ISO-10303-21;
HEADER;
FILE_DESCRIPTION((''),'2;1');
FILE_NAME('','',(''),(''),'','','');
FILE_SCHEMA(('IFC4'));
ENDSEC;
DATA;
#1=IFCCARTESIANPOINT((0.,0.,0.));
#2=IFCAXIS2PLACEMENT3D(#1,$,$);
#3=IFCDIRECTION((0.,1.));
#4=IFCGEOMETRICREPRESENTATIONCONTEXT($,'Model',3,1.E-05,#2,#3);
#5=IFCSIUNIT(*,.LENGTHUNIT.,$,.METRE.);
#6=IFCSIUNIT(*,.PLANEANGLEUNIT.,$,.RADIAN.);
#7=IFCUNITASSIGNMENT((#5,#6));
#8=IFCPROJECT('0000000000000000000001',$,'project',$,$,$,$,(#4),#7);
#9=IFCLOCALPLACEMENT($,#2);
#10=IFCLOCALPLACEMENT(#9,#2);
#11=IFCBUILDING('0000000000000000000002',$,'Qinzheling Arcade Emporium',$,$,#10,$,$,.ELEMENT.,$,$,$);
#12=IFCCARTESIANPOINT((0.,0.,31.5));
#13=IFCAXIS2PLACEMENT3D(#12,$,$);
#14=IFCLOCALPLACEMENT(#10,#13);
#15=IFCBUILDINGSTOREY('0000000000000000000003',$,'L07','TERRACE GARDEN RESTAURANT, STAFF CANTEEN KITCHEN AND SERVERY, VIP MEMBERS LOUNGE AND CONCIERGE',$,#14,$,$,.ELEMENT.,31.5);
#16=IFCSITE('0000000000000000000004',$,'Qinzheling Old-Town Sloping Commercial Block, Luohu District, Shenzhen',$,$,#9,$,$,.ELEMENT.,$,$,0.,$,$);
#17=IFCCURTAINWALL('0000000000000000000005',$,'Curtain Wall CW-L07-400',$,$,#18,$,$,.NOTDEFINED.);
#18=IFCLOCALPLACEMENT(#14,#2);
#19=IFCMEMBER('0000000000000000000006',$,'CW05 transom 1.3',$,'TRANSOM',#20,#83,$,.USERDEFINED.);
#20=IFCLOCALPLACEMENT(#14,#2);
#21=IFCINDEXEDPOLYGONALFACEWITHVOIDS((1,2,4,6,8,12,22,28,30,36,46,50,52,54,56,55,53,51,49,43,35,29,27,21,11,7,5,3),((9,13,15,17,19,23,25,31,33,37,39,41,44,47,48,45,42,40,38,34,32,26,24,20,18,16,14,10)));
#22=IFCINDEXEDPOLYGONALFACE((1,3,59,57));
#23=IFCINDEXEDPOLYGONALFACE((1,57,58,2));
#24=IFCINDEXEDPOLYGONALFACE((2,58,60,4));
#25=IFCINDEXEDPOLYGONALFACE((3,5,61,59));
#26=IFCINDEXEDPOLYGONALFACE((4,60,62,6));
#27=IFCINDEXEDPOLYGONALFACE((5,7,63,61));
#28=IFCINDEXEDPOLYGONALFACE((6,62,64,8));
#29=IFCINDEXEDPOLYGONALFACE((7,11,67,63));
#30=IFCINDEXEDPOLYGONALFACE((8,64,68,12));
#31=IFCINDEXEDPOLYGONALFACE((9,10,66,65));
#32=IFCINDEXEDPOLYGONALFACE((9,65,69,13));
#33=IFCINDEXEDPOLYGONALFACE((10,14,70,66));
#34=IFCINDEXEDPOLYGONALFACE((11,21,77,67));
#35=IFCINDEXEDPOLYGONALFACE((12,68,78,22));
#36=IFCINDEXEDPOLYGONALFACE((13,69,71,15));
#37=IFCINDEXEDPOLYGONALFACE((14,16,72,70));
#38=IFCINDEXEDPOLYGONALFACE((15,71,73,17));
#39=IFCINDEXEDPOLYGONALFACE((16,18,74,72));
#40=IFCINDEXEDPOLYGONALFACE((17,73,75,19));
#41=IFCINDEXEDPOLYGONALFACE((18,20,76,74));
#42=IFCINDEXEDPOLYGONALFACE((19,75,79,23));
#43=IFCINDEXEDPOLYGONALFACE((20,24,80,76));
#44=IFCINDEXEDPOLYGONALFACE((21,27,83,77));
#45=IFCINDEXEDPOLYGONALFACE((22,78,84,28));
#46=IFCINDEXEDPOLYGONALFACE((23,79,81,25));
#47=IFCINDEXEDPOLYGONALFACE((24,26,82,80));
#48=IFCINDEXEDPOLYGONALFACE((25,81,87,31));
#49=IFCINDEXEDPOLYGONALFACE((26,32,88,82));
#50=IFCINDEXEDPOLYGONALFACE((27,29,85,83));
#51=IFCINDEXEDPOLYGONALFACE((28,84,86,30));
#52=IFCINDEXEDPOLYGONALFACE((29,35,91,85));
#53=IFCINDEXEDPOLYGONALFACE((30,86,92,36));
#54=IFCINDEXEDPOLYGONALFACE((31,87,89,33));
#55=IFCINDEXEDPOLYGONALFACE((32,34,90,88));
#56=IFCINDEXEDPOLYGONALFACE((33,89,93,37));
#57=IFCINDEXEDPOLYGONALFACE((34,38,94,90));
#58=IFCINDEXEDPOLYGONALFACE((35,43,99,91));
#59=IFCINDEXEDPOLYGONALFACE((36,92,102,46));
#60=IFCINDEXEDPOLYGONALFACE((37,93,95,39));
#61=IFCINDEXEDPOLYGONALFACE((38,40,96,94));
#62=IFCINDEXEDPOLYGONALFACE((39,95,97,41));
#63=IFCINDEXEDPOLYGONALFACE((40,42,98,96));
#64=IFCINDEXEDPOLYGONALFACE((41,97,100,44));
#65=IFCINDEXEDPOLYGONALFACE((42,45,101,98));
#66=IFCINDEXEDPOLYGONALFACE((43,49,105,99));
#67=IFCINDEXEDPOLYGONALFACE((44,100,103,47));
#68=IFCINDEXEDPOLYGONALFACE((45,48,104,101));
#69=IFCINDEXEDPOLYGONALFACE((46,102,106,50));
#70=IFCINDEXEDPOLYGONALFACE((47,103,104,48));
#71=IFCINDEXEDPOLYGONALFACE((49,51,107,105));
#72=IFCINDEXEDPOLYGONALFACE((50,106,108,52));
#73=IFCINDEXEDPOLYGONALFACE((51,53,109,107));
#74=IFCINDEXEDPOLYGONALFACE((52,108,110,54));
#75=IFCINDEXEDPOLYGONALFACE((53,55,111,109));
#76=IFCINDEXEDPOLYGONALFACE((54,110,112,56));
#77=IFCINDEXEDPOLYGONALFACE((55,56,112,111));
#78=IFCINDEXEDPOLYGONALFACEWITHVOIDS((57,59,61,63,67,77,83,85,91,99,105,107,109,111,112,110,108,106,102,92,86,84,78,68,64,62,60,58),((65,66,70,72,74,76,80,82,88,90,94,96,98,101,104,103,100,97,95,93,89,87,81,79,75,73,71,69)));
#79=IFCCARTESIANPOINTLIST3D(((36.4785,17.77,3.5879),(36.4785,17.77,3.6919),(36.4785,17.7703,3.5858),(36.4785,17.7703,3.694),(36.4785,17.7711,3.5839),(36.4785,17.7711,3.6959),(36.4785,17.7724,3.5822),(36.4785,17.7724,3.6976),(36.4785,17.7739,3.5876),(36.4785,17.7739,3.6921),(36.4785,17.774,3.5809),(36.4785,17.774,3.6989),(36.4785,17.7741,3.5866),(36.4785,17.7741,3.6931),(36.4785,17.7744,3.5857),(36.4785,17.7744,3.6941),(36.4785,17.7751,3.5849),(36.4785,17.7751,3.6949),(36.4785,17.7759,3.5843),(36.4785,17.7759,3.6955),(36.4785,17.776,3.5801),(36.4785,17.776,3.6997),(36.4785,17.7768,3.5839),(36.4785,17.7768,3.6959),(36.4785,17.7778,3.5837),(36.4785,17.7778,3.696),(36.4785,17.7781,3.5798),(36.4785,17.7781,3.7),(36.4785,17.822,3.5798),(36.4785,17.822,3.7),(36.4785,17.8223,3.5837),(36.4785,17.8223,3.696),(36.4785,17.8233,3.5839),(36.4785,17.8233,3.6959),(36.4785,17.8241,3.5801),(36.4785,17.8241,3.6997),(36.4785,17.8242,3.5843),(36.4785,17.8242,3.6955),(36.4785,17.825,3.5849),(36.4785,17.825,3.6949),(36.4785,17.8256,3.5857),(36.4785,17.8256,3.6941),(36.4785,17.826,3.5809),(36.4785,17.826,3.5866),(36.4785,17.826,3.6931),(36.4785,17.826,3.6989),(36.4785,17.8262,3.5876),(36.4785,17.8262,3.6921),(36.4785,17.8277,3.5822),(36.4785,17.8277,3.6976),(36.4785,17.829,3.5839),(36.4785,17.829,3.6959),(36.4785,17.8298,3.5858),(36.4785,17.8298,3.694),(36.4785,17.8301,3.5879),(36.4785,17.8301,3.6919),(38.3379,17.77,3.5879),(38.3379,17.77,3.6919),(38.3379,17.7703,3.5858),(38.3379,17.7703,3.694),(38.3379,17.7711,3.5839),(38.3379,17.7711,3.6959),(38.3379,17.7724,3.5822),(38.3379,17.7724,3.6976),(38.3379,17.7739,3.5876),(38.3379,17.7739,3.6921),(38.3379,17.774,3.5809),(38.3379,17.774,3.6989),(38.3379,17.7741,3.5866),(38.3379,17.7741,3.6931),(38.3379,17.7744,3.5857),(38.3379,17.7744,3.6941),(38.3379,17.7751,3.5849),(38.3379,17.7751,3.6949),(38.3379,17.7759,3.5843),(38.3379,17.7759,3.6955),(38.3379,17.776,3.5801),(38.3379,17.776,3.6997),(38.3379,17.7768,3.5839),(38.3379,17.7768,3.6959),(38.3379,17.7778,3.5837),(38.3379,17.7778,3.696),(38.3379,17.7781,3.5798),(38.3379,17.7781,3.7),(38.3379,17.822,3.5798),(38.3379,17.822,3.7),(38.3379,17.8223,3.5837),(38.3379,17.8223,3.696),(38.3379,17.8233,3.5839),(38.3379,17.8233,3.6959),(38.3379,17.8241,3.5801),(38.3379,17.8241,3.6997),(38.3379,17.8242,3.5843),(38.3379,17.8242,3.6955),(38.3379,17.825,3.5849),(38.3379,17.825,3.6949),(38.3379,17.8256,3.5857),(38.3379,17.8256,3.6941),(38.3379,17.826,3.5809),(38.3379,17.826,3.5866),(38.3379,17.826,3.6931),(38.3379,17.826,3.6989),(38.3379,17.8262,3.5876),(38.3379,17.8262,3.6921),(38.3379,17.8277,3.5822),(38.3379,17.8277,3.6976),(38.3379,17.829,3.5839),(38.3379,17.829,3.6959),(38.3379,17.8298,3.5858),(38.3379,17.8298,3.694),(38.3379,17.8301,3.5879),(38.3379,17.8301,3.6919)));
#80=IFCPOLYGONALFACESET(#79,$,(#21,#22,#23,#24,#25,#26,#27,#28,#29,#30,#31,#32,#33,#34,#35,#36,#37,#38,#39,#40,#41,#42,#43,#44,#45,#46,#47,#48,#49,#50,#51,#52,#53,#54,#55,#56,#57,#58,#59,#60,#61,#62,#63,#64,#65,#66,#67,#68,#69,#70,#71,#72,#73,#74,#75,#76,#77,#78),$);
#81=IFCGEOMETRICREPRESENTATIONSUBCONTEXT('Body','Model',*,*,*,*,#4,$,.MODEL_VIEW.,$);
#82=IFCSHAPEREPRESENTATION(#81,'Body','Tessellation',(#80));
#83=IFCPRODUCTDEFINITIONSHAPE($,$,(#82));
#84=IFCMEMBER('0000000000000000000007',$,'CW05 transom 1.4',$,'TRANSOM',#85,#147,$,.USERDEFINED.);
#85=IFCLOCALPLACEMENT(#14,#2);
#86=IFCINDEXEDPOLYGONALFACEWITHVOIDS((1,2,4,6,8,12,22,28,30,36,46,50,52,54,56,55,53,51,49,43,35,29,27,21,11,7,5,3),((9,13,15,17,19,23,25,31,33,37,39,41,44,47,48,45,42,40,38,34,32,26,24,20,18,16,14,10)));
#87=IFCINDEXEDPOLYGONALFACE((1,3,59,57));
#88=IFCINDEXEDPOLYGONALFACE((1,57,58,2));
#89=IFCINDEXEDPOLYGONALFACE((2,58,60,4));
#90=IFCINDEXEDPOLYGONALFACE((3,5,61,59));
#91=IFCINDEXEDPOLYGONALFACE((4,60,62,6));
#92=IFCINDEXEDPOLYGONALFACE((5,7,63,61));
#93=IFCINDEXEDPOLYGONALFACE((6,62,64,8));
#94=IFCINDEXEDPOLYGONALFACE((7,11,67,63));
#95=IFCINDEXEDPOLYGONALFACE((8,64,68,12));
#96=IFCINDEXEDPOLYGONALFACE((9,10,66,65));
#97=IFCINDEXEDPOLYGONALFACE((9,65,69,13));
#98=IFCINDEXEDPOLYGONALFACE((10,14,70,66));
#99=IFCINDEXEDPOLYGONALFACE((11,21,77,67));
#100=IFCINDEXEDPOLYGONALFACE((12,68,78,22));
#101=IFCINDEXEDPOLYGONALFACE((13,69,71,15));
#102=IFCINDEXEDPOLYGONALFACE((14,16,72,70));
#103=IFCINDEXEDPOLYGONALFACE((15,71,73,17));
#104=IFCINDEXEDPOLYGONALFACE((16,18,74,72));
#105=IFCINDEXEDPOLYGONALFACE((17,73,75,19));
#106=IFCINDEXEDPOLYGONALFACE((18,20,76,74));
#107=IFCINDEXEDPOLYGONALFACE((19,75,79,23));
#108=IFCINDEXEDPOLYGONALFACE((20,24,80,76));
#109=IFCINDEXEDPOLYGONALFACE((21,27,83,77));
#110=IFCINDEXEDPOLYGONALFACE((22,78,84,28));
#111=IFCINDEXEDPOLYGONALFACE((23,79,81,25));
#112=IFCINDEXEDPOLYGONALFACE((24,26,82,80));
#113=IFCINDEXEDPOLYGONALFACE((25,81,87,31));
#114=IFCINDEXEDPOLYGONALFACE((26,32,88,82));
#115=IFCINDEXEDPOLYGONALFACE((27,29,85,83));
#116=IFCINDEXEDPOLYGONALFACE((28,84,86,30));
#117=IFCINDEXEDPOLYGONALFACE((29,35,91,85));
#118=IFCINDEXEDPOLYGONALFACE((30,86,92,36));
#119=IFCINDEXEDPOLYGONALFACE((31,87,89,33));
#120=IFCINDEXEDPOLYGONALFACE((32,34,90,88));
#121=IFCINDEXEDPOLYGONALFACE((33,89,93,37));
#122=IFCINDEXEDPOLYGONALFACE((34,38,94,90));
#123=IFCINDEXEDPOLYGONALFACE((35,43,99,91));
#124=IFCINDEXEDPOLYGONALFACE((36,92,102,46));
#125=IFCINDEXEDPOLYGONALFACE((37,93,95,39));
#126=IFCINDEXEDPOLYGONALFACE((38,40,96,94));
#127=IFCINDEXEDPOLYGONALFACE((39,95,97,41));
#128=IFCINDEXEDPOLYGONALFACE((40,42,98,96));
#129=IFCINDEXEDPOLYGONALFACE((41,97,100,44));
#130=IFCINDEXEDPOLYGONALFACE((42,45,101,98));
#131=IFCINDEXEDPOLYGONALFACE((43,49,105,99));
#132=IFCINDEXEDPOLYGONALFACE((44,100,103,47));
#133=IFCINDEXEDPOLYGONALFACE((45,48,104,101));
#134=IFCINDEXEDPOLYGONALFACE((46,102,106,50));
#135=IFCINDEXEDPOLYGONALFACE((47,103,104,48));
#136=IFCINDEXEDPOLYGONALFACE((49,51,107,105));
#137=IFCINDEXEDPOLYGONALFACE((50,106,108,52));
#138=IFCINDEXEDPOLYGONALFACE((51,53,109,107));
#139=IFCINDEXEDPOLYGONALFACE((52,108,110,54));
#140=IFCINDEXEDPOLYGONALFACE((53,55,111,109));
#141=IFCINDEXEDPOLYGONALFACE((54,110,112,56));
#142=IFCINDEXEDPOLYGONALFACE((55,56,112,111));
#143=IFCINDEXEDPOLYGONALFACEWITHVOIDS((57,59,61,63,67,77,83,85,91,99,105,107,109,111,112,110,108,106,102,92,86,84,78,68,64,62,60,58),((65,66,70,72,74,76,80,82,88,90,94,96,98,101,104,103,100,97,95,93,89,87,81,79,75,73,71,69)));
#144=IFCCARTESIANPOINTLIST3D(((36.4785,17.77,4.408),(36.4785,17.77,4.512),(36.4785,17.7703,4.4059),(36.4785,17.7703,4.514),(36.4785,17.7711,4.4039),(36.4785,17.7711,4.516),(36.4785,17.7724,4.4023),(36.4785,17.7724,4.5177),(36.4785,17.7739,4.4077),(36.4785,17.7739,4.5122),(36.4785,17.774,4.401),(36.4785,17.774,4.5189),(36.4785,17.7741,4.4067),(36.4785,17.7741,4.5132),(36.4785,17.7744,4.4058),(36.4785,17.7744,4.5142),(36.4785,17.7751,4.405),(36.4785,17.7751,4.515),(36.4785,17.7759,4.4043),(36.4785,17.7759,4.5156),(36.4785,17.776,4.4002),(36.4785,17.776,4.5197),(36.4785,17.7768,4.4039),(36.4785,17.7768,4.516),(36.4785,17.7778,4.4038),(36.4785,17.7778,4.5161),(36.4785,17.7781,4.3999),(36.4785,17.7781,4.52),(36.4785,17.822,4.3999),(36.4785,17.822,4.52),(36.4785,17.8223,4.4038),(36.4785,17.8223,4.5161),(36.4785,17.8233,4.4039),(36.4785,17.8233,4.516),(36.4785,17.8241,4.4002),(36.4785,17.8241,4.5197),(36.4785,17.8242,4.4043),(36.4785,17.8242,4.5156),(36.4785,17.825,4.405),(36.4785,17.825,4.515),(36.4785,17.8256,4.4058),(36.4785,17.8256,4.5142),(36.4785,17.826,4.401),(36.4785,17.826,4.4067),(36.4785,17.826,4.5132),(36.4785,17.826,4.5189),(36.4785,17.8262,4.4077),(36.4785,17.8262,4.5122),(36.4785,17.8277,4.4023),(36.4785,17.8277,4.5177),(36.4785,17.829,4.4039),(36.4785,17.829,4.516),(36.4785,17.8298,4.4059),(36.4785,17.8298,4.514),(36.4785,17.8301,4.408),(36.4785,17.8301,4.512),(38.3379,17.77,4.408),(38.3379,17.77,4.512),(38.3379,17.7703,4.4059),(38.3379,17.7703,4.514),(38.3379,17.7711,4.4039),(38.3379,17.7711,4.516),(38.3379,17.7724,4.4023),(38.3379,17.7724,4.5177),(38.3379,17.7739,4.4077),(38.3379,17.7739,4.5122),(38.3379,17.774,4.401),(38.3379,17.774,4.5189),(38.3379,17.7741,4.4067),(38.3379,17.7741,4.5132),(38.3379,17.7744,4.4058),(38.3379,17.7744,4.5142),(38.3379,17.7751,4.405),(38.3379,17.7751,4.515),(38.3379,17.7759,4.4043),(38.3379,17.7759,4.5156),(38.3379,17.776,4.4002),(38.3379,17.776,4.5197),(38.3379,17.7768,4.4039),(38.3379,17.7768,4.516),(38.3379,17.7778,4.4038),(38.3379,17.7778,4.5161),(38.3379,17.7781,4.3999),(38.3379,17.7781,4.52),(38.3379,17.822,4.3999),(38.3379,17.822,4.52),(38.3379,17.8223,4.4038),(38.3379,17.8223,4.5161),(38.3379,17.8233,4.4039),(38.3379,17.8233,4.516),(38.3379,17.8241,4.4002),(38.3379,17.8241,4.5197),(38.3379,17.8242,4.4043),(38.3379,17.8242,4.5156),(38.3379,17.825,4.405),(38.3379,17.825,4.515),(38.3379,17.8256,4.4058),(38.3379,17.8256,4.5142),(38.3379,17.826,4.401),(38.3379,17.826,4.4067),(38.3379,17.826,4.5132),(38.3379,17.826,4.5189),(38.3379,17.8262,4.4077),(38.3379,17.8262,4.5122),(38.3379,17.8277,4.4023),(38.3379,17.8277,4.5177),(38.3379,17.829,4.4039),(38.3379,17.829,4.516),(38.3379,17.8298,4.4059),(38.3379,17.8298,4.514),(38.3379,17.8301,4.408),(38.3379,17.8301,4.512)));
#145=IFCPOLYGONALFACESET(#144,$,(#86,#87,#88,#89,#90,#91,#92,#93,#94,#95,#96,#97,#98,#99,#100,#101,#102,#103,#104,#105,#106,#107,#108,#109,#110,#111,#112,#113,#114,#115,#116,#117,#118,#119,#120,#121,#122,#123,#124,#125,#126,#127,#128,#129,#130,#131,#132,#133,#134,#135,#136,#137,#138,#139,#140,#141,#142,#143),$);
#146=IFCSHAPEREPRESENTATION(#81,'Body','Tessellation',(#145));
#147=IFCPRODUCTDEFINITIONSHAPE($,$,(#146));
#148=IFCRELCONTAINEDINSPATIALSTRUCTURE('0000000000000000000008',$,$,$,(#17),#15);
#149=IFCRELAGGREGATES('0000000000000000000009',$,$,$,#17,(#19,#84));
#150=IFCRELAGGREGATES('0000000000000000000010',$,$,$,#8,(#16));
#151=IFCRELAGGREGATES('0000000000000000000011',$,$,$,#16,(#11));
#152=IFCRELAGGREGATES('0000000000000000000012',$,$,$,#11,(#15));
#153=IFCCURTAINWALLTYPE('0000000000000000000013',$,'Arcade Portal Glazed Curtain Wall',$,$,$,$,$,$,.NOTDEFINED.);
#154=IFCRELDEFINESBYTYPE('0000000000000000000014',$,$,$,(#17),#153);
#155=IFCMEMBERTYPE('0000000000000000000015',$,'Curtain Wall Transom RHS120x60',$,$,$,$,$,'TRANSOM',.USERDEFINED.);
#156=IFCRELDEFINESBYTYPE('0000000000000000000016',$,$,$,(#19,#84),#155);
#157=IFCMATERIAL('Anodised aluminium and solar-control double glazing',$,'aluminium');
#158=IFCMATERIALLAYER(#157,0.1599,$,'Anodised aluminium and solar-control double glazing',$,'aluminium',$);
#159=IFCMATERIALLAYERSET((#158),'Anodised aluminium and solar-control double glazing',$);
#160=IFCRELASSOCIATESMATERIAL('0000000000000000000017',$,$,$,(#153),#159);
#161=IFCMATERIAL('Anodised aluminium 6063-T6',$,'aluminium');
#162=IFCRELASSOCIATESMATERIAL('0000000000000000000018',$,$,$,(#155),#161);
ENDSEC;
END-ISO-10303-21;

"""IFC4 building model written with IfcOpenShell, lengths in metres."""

from ifc_helpers import new_model, si_unit, direction, frame, origin, origin_2d, place, context, subcontext, project, spatial, hollow_rectangle, extrude, material, layer, layer_set, material_profile, profile_set, type_object, element, aggregate, save


model = new_model("IFC4")

# Units and contexts
model_context = context("Model", 3, precision=1e-05, world=origin(), true_north=direction((0.0, 1.0)))
body_context = subcontext(model_context, "Body", "Model", "MODEL_VIEW")
ifc_project = project(units=[si_unit("LENGTHUNIT", "METRE"), si_unit("PLANEANGLEUNIT", "RADIAN")], contexts=[model_context])

# Site, building, storey
site_placement = place(None, origin())
site = spatial("IfcSite", under=ifc_project, at=site_placement, Name="Qinzheling Old-Town Sloping Commercial Block, Luohu District, Shenzhen", CompositionType="ELEMENT", RefElevation=0.0)
building_placement = place(site_placement, origin())
building = spatial("IfcBuilding", under=site, at=building_placement, Name="Qinzheling Arcade Emporium", CompositionType="ELEMENT")
storey_placement = place(building_placement, frame((0.0, 0.0, 31.5)))
storey = spatial("IfcBuildingStorey", under=building, at=storey_placement, Name="L07", Description="TERRACE GARDEN RESTAURANT, STAFF CANTEEN KITCHEN AND SERVERY, VIP MEMBERS LOUNGE AND CONCIERGE", CompositionType="ELEMENT", Elevation=31.5)

# Shared definitions
ifc_material_1 = material(Name="Anodised aluminium and solar-control double glazing", Category="aluminium")
ifc_layer_1 = layer(ifc_material_1, 0.1599, Name="Anodised aluminium and solar-control double glazing", Category="aluminium")
ifc_layer_set_1 = layer_set([ifc_layer_1], Name="Anodised aluminium and solar-control double glazing")
curtain_wall_type = type_object("IfcCurtainWallType", Name="Arcade Portal Glazed Curtain Wall", PredefinedType="NOTDEFINED", material=ifc_layer_set_1)
ifc_material_2 = material(Name="Anodised aluminium 6063-T6", Category="aluminium")

# Curtain wall, members
curtain_wall_1_placement = place(storey_placement, origin())
curtain_wall_1 = element("IfcCurtainWall", 1, at=curtain_wall_1_placement, inside=storey, type_object=curtain_wall_type, Name="Curtain Wall CW-L07-400", PredefinedType="NOTDEFINED")
ifc_material_profile_1 = material_profile(ifc_material_2, hollow_rectangle(XDim=0.0601, YDim=0.1201, WallThickness=0.0039, InnerFilletRadius=0.0039, OuterFilletRadius=0.0081, at=origin_2d()), Name="RHS 120x60x4", Category="aluminium")
ifc_profile_set_1 = profile_set([ifc_material_profile_1], Name="Anodised aluminium 6063-T6")
member_type_1 = type_object("IfcMemberType", Name="Curtain Wall Transom RHS120x60", ElementType="TRANSOM", PredefinedType="USERDEFINED", material=ifc_profile_set_1)
member_1_placement = place(storey_placement, frame((38.3379, 17.8, 3.6399), z_axis=(-1.0, 0.0, 0.0), x_axis=(0.0, -1.0, 0.0)))
member_1 = element("IfcMember", 2, at=member_1_placement, type_object=member_type_1, Name="CW05 transom 1.3", ObjectType="TRANSOM", PredefinedType="USERDEFINED", context=body_context, shape_type="SweptSolid", body=[
    extrude(hollow_rectangle(XDim=0.0601, YDim=0.1201, WallThickness=0.0039, InnerFilletRadius=0.0039, OuterFilletRadius=0.0081, at=origin_2d()), origin(), (0.0, 0.0, 1.0), 1.8594),
])
member_2_placement = place(storey_placement, frame((38.3379, 17.8, 4.46), z_axis=(-1.0, 0.0, 0.0), x_axis=(0.0, -1.0, 0.0)))
member_2 = element("IfcMember", 3, at=member_2_placement, type_object=member_type_1, Name="CW05 transom 1.4", ObjectType="TRANSOM", PredefinedType="USERDEFINED", context=body_context, shape_type="SweptSolid", body=[
    extrude(hollow_rectangle(XDim=0.0601, YDim=0.1201, WallThickness=0.0039, InnerFilletRadius=0.0039, OuterFilletRadius=0.0081, at=origin_2d()), origin(), (0.0, 0.0, 1.0), 1.8594),
])

aggregate(curtain_wall_1, [member_1, member_2])

save(model, "model.ifc")
